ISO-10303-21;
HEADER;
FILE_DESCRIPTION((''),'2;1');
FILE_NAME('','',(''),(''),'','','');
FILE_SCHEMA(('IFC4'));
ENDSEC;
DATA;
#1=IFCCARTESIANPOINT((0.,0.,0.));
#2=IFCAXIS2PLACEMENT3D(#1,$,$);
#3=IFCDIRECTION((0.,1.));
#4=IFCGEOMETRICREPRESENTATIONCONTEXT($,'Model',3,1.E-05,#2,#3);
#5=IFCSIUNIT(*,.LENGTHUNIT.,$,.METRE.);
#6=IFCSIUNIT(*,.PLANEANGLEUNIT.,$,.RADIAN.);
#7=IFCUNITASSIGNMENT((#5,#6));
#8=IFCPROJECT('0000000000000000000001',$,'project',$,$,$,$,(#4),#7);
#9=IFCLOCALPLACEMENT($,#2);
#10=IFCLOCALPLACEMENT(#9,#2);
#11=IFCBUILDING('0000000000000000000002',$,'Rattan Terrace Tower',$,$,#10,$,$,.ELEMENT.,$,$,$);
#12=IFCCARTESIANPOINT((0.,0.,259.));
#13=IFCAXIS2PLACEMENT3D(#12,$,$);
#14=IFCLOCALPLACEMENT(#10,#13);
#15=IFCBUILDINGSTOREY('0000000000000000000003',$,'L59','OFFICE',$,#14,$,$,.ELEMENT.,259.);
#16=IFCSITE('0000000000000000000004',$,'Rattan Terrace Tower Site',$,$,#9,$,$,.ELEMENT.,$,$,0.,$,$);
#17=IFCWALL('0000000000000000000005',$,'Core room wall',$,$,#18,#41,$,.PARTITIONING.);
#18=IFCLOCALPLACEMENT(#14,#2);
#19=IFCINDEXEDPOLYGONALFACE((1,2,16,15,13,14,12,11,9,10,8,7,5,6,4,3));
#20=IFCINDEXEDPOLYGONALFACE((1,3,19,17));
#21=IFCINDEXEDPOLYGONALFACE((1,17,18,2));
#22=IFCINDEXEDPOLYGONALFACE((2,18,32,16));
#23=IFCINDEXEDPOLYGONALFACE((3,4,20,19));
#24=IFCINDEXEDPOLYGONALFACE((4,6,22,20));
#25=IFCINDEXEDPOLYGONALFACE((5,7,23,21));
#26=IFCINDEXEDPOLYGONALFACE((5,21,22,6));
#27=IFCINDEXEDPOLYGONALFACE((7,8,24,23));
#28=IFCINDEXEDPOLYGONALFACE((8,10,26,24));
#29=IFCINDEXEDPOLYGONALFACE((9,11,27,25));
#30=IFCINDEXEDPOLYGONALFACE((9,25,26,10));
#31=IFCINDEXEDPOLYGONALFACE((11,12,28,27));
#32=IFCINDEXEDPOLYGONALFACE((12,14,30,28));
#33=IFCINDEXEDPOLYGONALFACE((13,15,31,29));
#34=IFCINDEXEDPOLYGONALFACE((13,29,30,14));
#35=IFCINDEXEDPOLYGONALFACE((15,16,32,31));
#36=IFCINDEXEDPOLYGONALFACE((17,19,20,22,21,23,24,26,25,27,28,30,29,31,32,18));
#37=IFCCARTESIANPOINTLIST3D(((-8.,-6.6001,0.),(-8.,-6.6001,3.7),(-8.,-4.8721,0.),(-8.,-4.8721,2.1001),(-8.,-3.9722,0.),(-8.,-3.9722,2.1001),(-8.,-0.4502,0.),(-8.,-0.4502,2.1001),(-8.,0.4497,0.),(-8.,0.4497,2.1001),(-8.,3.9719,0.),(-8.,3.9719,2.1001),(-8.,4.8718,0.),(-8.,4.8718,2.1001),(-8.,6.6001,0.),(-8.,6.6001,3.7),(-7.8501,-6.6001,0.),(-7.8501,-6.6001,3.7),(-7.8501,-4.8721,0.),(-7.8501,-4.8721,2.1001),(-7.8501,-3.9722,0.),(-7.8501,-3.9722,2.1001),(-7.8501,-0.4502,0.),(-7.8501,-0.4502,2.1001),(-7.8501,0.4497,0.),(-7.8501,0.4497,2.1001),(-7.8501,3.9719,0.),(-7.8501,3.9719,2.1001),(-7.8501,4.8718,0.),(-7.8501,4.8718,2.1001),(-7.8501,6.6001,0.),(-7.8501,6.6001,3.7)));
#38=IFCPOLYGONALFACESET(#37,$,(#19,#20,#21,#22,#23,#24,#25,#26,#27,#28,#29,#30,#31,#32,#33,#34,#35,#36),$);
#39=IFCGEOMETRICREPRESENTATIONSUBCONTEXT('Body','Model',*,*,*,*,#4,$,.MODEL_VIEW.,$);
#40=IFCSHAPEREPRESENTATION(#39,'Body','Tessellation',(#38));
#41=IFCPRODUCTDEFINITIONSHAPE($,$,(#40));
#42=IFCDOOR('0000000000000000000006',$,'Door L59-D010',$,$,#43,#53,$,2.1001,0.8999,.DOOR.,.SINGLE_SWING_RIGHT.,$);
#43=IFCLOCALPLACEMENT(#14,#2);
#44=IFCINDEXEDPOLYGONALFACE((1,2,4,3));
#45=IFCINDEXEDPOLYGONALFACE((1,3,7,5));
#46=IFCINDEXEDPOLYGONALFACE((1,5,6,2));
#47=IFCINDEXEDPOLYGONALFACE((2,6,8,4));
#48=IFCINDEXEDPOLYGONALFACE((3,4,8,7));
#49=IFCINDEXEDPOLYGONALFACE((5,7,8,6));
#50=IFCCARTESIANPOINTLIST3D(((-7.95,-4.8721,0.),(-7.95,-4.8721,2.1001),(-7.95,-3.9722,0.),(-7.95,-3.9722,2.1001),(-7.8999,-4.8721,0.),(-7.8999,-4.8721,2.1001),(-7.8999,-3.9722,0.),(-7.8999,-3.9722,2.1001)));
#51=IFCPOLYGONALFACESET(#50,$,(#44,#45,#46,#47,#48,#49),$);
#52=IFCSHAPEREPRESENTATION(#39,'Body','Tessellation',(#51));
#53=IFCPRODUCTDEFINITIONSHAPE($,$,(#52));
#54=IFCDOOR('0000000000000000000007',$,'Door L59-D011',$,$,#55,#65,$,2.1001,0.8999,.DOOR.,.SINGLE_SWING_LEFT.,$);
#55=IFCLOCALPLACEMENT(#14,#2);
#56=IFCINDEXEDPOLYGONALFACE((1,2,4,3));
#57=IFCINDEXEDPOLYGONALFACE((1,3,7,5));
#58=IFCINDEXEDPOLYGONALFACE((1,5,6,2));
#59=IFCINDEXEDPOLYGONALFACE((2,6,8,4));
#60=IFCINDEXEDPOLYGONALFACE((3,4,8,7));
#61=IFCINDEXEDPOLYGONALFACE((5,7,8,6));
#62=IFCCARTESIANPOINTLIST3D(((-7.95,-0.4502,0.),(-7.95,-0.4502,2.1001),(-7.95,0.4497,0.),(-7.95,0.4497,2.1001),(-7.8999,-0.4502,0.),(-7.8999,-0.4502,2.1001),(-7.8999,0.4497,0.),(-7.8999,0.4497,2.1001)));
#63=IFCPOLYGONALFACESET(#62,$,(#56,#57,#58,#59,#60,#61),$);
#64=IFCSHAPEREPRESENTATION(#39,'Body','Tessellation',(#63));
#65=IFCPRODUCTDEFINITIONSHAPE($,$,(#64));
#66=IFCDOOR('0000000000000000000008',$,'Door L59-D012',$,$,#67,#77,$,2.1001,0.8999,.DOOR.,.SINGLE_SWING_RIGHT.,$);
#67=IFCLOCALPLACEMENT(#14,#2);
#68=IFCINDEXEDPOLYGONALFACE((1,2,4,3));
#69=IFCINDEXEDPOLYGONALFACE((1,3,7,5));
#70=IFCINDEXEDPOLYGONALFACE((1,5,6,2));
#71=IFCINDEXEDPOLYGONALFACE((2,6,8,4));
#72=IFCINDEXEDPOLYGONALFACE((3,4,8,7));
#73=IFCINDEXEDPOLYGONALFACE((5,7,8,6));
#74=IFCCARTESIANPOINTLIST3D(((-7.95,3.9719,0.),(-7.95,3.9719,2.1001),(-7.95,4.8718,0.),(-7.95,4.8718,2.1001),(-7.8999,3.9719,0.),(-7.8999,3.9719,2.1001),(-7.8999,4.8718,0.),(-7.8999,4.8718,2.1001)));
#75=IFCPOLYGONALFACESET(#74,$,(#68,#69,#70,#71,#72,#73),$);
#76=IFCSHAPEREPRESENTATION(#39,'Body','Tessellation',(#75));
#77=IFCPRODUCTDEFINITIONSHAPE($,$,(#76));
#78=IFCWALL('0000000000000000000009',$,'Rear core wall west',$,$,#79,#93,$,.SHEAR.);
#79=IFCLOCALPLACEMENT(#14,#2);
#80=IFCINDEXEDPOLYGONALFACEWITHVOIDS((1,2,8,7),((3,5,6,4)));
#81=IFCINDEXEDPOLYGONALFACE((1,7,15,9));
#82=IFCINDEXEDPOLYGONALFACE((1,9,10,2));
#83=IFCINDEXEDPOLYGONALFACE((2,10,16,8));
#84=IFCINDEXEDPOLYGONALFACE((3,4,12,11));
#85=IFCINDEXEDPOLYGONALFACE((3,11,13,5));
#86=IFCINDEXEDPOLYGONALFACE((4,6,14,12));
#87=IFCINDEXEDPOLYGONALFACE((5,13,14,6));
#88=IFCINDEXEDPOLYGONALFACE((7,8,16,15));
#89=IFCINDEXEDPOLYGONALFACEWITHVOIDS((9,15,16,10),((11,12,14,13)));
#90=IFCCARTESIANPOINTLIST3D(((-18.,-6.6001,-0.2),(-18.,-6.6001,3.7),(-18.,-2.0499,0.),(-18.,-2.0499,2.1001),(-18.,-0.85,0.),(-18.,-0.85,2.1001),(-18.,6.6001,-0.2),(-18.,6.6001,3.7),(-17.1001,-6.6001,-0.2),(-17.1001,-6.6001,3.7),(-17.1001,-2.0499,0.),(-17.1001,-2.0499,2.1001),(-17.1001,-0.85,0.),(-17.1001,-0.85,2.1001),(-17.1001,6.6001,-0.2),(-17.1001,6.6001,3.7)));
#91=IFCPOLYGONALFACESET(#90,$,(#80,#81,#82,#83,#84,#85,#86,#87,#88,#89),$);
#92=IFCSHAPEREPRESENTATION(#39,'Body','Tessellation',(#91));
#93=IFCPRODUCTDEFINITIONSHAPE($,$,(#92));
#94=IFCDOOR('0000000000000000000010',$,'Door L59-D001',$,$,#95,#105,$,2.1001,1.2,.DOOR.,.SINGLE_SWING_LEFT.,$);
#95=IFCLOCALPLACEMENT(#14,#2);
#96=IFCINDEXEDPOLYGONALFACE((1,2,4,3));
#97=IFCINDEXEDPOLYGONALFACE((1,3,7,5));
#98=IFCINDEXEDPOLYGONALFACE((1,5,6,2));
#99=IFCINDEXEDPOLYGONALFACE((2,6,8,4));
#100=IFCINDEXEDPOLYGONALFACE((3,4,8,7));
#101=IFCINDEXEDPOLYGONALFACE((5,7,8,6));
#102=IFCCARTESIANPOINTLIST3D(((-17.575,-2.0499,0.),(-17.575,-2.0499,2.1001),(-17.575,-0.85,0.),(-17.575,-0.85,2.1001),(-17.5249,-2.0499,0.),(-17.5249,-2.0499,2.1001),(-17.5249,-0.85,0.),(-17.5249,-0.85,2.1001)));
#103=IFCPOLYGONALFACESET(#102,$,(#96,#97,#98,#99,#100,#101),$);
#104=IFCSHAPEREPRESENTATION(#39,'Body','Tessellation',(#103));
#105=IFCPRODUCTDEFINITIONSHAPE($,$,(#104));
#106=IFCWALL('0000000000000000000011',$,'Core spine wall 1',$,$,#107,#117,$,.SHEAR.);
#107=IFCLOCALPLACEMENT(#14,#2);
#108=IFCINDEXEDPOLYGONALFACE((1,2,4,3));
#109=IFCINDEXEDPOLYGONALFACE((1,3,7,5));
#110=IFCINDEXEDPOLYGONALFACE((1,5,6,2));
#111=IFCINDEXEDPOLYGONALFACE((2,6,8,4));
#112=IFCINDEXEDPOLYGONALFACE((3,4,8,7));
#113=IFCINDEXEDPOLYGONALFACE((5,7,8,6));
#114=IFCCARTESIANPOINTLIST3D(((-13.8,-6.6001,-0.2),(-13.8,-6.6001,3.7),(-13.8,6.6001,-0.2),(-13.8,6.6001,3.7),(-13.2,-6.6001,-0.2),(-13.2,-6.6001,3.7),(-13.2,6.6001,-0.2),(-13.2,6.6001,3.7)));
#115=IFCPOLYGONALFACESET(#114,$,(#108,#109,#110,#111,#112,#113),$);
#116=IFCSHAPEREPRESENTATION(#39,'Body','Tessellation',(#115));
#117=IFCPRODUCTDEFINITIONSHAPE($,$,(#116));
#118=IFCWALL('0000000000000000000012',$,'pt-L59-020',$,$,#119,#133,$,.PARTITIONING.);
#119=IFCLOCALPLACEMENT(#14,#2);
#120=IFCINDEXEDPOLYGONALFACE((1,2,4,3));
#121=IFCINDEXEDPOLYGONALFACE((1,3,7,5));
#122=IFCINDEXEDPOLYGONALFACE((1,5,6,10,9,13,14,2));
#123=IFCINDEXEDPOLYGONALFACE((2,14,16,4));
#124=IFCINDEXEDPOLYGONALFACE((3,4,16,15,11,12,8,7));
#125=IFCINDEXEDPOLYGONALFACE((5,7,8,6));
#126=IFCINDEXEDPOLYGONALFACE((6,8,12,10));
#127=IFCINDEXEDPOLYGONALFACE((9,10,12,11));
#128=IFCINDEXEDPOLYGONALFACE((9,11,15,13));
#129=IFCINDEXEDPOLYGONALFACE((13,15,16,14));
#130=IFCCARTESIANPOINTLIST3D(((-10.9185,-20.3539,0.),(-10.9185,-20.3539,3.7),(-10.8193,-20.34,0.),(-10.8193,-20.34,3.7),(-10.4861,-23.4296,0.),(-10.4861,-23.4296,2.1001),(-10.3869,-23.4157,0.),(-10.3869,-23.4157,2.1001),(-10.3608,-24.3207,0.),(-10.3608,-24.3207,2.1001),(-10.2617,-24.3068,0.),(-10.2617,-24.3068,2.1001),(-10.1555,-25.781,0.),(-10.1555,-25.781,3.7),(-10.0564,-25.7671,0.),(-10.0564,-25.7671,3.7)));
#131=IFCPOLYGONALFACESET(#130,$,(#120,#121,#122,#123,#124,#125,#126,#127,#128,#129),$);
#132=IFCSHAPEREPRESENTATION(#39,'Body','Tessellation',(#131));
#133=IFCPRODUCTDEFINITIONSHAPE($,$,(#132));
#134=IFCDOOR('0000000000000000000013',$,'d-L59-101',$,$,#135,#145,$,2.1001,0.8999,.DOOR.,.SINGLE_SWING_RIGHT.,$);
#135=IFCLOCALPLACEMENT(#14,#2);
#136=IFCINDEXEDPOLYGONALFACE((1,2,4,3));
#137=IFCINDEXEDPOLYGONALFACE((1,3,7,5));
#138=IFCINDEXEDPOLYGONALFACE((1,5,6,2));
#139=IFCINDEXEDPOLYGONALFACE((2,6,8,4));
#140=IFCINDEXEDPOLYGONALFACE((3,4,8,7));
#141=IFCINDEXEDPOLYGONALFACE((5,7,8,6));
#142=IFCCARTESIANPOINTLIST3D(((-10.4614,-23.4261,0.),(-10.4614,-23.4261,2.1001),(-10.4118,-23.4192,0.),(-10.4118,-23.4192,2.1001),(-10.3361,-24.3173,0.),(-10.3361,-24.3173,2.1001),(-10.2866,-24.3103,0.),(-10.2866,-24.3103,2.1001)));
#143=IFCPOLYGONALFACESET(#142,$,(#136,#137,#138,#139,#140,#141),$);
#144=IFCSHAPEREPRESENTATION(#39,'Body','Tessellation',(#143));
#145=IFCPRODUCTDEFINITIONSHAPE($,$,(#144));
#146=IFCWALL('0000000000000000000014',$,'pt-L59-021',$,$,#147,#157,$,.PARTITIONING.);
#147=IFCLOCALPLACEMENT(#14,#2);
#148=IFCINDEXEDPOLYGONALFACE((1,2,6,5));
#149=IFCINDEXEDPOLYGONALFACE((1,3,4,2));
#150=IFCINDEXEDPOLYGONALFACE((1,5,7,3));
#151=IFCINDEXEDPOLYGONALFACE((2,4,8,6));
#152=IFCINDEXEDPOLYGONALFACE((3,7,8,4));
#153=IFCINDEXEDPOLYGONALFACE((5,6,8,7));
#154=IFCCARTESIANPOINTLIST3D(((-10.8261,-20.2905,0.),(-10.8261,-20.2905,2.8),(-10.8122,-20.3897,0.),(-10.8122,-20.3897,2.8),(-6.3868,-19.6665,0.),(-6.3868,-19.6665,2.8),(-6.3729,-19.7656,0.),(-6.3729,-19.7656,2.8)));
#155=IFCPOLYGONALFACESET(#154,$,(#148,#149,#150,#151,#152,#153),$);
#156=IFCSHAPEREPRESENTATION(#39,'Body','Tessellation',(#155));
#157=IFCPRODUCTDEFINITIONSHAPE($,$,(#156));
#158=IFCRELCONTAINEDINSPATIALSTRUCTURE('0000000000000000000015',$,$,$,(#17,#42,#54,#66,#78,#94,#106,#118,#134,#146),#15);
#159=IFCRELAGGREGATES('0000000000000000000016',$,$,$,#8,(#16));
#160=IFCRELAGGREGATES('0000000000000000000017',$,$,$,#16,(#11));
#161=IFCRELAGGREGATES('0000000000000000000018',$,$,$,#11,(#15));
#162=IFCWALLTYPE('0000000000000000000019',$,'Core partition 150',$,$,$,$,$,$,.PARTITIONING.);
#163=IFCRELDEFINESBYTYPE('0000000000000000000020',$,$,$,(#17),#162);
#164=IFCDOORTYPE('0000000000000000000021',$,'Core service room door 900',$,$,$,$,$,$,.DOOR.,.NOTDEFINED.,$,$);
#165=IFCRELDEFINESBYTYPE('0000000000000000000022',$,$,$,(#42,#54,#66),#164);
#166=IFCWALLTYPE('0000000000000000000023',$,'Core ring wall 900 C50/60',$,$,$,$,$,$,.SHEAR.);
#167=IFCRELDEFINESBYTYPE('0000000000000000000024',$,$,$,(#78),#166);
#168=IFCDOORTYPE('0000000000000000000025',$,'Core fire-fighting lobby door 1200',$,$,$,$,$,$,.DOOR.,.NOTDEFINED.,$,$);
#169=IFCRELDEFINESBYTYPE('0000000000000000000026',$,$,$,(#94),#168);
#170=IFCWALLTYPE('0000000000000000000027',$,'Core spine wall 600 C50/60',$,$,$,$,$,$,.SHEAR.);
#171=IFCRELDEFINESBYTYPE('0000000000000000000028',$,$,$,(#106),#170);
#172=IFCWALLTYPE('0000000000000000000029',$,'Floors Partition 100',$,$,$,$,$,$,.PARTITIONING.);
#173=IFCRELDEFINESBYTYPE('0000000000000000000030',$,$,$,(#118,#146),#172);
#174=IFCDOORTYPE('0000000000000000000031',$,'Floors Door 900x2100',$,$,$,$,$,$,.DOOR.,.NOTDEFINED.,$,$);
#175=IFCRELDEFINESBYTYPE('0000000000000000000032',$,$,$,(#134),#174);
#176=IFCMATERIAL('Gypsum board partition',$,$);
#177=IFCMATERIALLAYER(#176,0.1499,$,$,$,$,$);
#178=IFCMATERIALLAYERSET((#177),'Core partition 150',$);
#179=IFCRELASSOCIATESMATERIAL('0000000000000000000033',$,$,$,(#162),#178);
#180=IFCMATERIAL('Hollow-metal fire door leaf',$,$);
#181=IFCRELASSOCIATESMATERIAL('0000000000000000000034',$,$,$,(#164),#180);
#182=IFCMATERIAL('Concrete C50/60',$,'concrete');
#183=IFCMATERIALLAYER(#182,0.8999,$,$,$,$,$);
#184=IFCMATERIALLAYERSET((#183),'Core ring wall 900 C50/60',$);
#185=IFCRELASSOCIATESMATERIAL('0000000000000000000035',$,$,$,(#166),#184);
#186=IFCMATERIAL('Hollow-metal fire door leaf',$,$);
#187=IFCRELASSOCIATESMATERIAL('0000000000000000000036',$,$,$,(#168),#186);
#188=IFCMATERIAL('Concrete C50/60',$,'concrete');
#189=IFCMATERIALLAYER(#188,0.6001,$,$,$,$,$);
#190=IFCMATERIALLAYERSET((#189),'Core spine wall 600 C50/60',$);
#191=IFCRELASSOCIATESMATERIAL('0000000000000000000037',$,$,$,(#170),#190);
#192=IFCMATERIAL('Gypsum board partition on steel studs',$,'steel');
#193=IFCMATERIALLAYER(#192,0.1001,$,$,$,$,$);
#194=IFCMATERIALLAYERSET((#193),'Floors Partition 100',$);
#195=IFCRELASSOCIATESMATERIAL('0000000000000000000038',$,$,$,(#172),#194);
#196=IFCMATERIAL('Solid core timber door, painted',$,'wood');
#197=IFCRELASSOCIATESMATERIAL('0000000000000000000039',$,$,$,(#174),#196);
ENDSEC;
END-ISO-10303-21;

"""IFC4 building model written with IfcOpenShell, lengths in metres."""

from ifc_helpers import new_model, si_unit, direction, frame, frame_2d, origin, place, context, subcontext, project, spatial, rectangle, extrude, material, layer, layer_set, type_object, element, fill, save


model = new_model("IFC4")

# Units and contexts
model_context = context("Model", 3, precision=1e-05, world=origin(), true_north=direction((0.0, 1.0)))
body_context = subcontext(model_context, "Body", "Model", "MODEL_VIEW")
ifc_project = project(units=[si_unit("LENGTHUNIT", "METRE"), si_unit("PLANEANGLEUNIT", "RADIAN")], contexts=[model_context])

# Site, building, storey
site_placement = place(None, origin())
site = spatial("IfcSite", under=ifc_project, at=site_placement, Name="Rattan Terrace Tower Site", CompositionType="ELEMENT", RefElevation=0.0)
building_placement = place(site_placement, origin())
building = spatial("IfcBuilding", under=site, at=building_placement, Name="Rattan Terrace Tower", CompositionType="ELEMENT")
storey_placement = place(building_placement, frame((0.0, 0.0, 259.0)))
storey = spatial("IfcBuildingStorey", under=building, at=storey_placement, Name="L59", Description="OFFICE", CompositionType="ELEMENT", Elevation=259.0)

# Wall, openings, doors
ifc_material_1 = material(Name="Gypsum board partition")
ifc_layer_1 = layer(ifc_material_1, 0.1499)
ifc_layer_set_1 = layer_set([ifc_layer_1], Name="Core partition 150")
wall_type_1 = type_object("IfcWallType", Name="Core partition 150", PredefinedType="PARTITIONING", material=ifc_layer_set_1)
ifc_material_2 = material(Name="Hollow-metal fire door leaf")
door_type_1 = type_object("IfcDoorType", Name="Core service room door 900", OperationType="NOTDEFINED", PredefinedType="DOOR", material=ifc_material_2)
wall_1_placement = place(storey_placement, frame((-7.925, -6.6001, 0.0), z_axis=(0.0, 0.0, 1.0), x_axis=(0.0, 1.0, 0.0)))
wall_1 = element("IfcWall", 1, at=wall_1_placement, inside=storey, type_object=wall_type_1, Name="Core room wall", PredefinedType="PARTITIONING", context=body_context, shape_type="SweptSolid", body=[
    extrude(rectangle(XDim=13.2002, YDim=0.1499, at=frame_2d((6.6001, 0.0))), origin(), (0.0, 0.0, 1.0), 3.7),
])
opening_1_placement = place(wall_1_placement, frame((1.728, 0.0, 0.0)))
opening_1 = element("IfcOpeningElement", 2, at=opening_1_placement, cuts=wall_1, PredefinedType="OPENING", context=body_context, shape_type="SweptSolid", body=[
    extrude(rectangle(XDim=0.8999, YDim=2.1001, at=frame_2d((0.45, 1.05))), frame((0.0, 0.0854, 0.0), z_axis=(0.0, -1.0, 0.0), x_axis=(1.0, 0.0, 0.0)), (0.0, 0.0, 1.0), 0.1709),
])
opening_2_placement = place(wall_1_placement, frame((6.1499, 0.0, 0.0)))
opening_2 = element("IfcOpeningElement", 3, at=opening_2_placement, cuts=wall_1, PredefinedType="OPENING", context=body_context, shape_type="SweptSolid", body=[
    extrude(rectangle(XDim=0.8999, YDim=2.1001, at=frame_2d((0.45, 1.05))), frame((0.0, 0.0854, 0.0), z_axis=(0.0, -1.0, 0.0), x_axis=(1.0, 0.0, 0.0)), (0.0, 0.0, 1.0), 0.1709),
])
opening_3_placement = place(wall_1_placement, frame((10.572, 0.0, 0.0)))
opening_3 = element("IfcOpeningElement", 4, at=opening_3_placement, cuts=wall_1, PredefinedType="OPENING", context=body_context, shape_type="SweptSolid", body=[
    extrude(rectangle(XDim=0.8999, YDim=2.1001, at=frame_2d((0.45, 1.05))), frame((0.0, 0.0854, 0.0), z_axis=(0.0, -1.0, 0.0), x_axis=(1.0, 0.0, 0.0)), (0.0, 0.0, 1.0), 0.1709),
])
door_1_placement = place(opening_1_placement, origin())
door_1 = element("IfcDoor", 5, at=door_1_placement, inside=storey, type_object=door_type_1, Name="Door L59-D010", OperationType="SINGLE_SWING_RIGHT", OverallHeight=2.1001, OverallWidth=0.8999, PredefinedType="DOOR", context=body_context, shape_type="SweptSolid", body=[
    extrude(rectangle(XDim=0.8999, YDim=2.1001, at=frame_2d((0.45, 1.05))), frame((0.0, 0.0249, 0.0), z_axis=(0.0, -1.0, 0.0), x_axis=(1.0, 0.0, 0.0)), (0.0, 0.0, 1.0), 0.05),
])
fill(opening_1, door_1)
door_2_placement = place(opening_2_placement, origin())
door_2 = element("IfcDoor", 6, at=door_2_placement, inside=storey, type_object=door_type_1, Name="Door L59-D011", OperationType="SINGLE_SWING_LEFT", OverallHeight=2.1001, OverallWidth=0.8999, PredefinedType="DOOR", context=body_context, shape_type="SweptSolid", body=[
    extrude(rectangle(XDim=0.8999, YDim=2.1001, at=frame_2d((0.45, 1.05))), frame((0.0, 0.0249, 0.0), z_axis=(0.0, -1.0, 0.0), x_axis=(1.0, 0.0, 0.0)), (0.0, 0.0, 1.0), 0.05),
])
fill(opening_2, door_2)
door_3_placement = place(opening_3_placement, origin())
door_3 = element("IfcDoor", 7, at=door_3_placement, inside=storey, type_object=door_type_1, Name="Door L59-D012", OperationType="SINGLE_SWING_RIGHT", OverallHeight=2.1001, OverallWidth=0.8999, PredefinedType="DOOR", context=body_context, shape_type="SweptSolid", body=[
    extrude(rectangle(XDim=0.8999, YDim=2.1001, at=frame_2d((0.45, 1.05))), frame((0.0, 0.0249, 0.0), z_axis=(0.0, -1.0, 0.0), x_axis=(1.0, 0.0, 0.0)), (0.0, 0.0, 1.0), 0.05),
])
fill(opening_3, door_3)

# Wall, opening, door
ifc_material_3 = material(Name="Concrete C50/60", Category="concrete")
ifc_layer_2 = layer(ifc_material_3, 0.8999)
ifc_layer_set_2 = layer_set([ifc_layer_2], Name="Core ring wall 900 C50/60")
wall_type_2 = type_object("IfcWallType", Name="Core ring wall 900 C50/60", PredefinedType="SHEAR", material=ifc_layer_set_2)
wall_2_placement = place(storey_placement, frame((-17.55, -6.6001, -0.2), z_axis=(0.0, 0.0, 1.0), x_axis=(0.0, 1.0, 0.0)))
wall_2 = element("IfcWall", 8, at=wall_2_placement, inside=storey, type_object=wall_type_2, Name="Rear core wall west", PredefinedType="SHEAR", context=body_context, shape_type="SweptSolid", body=[
    extrude(rectangle(XDim=13.2002, YDim=0.8999, at=frame_2d((6.6001, 0.0))), origin(), (0.0, 0.0, 1.0), 3.8999),
])
opening_4_placement = place(wall_2_placement, frame((4.55, 0.0, 0.2)))
opening_4 = element("IfcOpeningElement", 9, at=opening_4_placement, cuts=wall_2, PredefinedType="OPENING", context=body_context, shape_type="SweptSolid", body=[
    extrude(rectangle(XDim=1.2, YDim=2.1001, at=frame_2d((0.6001, 1.05))), frame((0.0, 0.4604, 0.0), z_axis=(0.0, -1.0, 0.0), x_axis=(1.0, 0.0, 0.0)), (0.0, 0.0, 1.0), 0.9209),
])
ifc_material_4 = material(Name="Hollow-metal fire door leaf")
door_type_2 = type_object("IfcDoorType", Name="Core fire-fighting lobby door 1200", OperationType="NOTDEFINED", PredefinedType="DOOR", material=ifc_material_4)
door_4_placement = place(opening_4_placement, origin())
door_4 = element("IfcDoor", 10, at=door_4_placement, inside=storey, type_object=door_type_2, Name="Door L59-D001", OperationType="SINGLE_SWING_LEFT", OverallHeight=2.1001, OverallWidth=1.2, PredefinedType="DOOR", context=body_context, shape_type="SweptSolid", body=[
    extrude(rectangle(XDim=1.2, YDim=2.1001, at=frame_2d((0.6001, 1.05))), frame((0.0, 0.0249, 0.0), z_axis=(0.0, -1.0, 0.0), x_axis=(1.0, 0.0, 0.0)), (0.0, 0.0, 1.0), 0.05),
])
fill(opening_4, door_4)

# Wall
ifc_material_5 = material(Name="Concrete C50/60", Category="concrete")
ifc_layer_3 = layer(ifc_material_5, 0.6001)
ifc_layer_set_3 = layer_set([ifc_layer_3], Name="Core spine wall 600 C50/60")
wall_type_3 = type_object("IfcWallType", Name="Core spine wall 600 C50/60", PredefinedType="SHEAR", material=ifc_layer_set_3)
wall_3_placement = place(storey_placement, frame((-13.5, -6.6001, -0.2), z_axis=(0.0, 0.0, 1.0), x_axis=(0.0, 1.0, 0.0)))
element("IfcWall", 11, at=wall_3_placement, inside=storey, type_object=wall_type_3, Name="Core spine wall 1", PredefinedType="SHEAR", context=body_context, shape_type="SweptSolid", body=[
    extrude(rectangle(XDim=13.2002, YDim=0.6001, at=frame_2d((6.6001, 0.0))), origin(), (0.0, 0.0, 1.0), 3.8999),
])

# Wall, opening, door
ifc_material_6 = material(Name="Gypsum board partition on steel studs", Category="steel")
ifc_layer_4 = layer(ifc_material_6, 0.1001)
ifc_layer_set_4 = layer_set([ifc_layer_4], Name="Floors Partition 100")
wall_type_4 = type_object("IfcWallType", Name="Floors Partition 100", PredefinedType="PARTITIONING", material=ifc_layer_set_4)
wall_4_placement = place(storey_placement, frame((-10.8689, -20.3469, 0.0), z_axis=(0.0, 0.0, 1.0), x_axis=(0.139213, -0.990262, 0.0)))
wall_4 = element("IfcWall", 12, at=wall_4_placement, inside=storey, type_object=wall_type_4, Name="pt-L59-020", PredefinedType="PARTITIONING", context=body_context, shape_type="SweptSolid", body=[
    extrude(rectangle(XDim=5.4805, YDim=0.1001, at=frame_2d((2.7402, 0.0))), origin(), (0.0, 0.0, 1.0), 3.7),
])
opening_5_placement = place(wall_4_placement, frame((3.106, 0.0, 0.0)))
opening_5 = element("IfcOpeningElement", 13, at=opening_5_placement, cuts=wall_4, PredefinedType="OPENING", context=body_context, shape_type="SweptSolid", body=[
    extrude(rectangle(XDim=0.8999, YDim=2.1001, at=frame_2d((0.45, 1.05))), frame((0.0, 0.0605, 0.0), z_axis=(0.0, -1.0, 0.0), x_axis=(1.0, 0.0, 0.0)), (0.0, 0.0, 1.0), 0.1211),
])
ifc_material_7 = material(Name="Solid core timber door, painted", Category="wood")
door_type_3 = type_object("IfcDoorType", Name="Floors Door 900x2100", OperationType="NOTDEFINED", PredefinedType="DOOR", material=ifc_material_7)
door_5_placement = place(opening_5_placement, origin())
door_5 = element("IfcDoor", 14, at=door_5_placement, inside=storey, type_object=door_type_3, Name="d-L59-101", OperationType="SINGLE_SWING_RIGHT", OverallHeight=2.1001, OverallWidth=0.8999, PredefinedType="DOOR", context=body_context, shape_type="SweptSolid", body=[
    extrude(rectangle(XDim=0.8999, YDim=2.1001, at=frame_2d((0.45, 1.05))), frame((0.0, 0.0249, 0.0), z_axis=(0.0, -1.0, 0.0), x_axis=(1.0, 0.0, 0.0)), (0.0, 0.0, 1.0), 0.05),
])
fill(opening_5, door_5)

# Wall
wall_5_placement = place(storey_placement, frame((-6.3799, -19.7161, 0.0), z_axis=(0.0, 0.0, 1.0), x_axis=(-0.990264, -0.139202, 0.0)))
element("IfcWall", 15, at=wall_5_placement, inside=storey, type_object=wall_type_4, Name="pt-L59-021", PredefinedType="PARTITIONING", context=body_context, shape_type="SweptSolid", body=[
    extrude(rectangle(XDim=4.4829, YDim=0.1001, at=frame_2d((2.2415, 0.0))), origin(), (0.0, 0.0, 1.0), 2.8),
])

save(model, "model.ifc")
